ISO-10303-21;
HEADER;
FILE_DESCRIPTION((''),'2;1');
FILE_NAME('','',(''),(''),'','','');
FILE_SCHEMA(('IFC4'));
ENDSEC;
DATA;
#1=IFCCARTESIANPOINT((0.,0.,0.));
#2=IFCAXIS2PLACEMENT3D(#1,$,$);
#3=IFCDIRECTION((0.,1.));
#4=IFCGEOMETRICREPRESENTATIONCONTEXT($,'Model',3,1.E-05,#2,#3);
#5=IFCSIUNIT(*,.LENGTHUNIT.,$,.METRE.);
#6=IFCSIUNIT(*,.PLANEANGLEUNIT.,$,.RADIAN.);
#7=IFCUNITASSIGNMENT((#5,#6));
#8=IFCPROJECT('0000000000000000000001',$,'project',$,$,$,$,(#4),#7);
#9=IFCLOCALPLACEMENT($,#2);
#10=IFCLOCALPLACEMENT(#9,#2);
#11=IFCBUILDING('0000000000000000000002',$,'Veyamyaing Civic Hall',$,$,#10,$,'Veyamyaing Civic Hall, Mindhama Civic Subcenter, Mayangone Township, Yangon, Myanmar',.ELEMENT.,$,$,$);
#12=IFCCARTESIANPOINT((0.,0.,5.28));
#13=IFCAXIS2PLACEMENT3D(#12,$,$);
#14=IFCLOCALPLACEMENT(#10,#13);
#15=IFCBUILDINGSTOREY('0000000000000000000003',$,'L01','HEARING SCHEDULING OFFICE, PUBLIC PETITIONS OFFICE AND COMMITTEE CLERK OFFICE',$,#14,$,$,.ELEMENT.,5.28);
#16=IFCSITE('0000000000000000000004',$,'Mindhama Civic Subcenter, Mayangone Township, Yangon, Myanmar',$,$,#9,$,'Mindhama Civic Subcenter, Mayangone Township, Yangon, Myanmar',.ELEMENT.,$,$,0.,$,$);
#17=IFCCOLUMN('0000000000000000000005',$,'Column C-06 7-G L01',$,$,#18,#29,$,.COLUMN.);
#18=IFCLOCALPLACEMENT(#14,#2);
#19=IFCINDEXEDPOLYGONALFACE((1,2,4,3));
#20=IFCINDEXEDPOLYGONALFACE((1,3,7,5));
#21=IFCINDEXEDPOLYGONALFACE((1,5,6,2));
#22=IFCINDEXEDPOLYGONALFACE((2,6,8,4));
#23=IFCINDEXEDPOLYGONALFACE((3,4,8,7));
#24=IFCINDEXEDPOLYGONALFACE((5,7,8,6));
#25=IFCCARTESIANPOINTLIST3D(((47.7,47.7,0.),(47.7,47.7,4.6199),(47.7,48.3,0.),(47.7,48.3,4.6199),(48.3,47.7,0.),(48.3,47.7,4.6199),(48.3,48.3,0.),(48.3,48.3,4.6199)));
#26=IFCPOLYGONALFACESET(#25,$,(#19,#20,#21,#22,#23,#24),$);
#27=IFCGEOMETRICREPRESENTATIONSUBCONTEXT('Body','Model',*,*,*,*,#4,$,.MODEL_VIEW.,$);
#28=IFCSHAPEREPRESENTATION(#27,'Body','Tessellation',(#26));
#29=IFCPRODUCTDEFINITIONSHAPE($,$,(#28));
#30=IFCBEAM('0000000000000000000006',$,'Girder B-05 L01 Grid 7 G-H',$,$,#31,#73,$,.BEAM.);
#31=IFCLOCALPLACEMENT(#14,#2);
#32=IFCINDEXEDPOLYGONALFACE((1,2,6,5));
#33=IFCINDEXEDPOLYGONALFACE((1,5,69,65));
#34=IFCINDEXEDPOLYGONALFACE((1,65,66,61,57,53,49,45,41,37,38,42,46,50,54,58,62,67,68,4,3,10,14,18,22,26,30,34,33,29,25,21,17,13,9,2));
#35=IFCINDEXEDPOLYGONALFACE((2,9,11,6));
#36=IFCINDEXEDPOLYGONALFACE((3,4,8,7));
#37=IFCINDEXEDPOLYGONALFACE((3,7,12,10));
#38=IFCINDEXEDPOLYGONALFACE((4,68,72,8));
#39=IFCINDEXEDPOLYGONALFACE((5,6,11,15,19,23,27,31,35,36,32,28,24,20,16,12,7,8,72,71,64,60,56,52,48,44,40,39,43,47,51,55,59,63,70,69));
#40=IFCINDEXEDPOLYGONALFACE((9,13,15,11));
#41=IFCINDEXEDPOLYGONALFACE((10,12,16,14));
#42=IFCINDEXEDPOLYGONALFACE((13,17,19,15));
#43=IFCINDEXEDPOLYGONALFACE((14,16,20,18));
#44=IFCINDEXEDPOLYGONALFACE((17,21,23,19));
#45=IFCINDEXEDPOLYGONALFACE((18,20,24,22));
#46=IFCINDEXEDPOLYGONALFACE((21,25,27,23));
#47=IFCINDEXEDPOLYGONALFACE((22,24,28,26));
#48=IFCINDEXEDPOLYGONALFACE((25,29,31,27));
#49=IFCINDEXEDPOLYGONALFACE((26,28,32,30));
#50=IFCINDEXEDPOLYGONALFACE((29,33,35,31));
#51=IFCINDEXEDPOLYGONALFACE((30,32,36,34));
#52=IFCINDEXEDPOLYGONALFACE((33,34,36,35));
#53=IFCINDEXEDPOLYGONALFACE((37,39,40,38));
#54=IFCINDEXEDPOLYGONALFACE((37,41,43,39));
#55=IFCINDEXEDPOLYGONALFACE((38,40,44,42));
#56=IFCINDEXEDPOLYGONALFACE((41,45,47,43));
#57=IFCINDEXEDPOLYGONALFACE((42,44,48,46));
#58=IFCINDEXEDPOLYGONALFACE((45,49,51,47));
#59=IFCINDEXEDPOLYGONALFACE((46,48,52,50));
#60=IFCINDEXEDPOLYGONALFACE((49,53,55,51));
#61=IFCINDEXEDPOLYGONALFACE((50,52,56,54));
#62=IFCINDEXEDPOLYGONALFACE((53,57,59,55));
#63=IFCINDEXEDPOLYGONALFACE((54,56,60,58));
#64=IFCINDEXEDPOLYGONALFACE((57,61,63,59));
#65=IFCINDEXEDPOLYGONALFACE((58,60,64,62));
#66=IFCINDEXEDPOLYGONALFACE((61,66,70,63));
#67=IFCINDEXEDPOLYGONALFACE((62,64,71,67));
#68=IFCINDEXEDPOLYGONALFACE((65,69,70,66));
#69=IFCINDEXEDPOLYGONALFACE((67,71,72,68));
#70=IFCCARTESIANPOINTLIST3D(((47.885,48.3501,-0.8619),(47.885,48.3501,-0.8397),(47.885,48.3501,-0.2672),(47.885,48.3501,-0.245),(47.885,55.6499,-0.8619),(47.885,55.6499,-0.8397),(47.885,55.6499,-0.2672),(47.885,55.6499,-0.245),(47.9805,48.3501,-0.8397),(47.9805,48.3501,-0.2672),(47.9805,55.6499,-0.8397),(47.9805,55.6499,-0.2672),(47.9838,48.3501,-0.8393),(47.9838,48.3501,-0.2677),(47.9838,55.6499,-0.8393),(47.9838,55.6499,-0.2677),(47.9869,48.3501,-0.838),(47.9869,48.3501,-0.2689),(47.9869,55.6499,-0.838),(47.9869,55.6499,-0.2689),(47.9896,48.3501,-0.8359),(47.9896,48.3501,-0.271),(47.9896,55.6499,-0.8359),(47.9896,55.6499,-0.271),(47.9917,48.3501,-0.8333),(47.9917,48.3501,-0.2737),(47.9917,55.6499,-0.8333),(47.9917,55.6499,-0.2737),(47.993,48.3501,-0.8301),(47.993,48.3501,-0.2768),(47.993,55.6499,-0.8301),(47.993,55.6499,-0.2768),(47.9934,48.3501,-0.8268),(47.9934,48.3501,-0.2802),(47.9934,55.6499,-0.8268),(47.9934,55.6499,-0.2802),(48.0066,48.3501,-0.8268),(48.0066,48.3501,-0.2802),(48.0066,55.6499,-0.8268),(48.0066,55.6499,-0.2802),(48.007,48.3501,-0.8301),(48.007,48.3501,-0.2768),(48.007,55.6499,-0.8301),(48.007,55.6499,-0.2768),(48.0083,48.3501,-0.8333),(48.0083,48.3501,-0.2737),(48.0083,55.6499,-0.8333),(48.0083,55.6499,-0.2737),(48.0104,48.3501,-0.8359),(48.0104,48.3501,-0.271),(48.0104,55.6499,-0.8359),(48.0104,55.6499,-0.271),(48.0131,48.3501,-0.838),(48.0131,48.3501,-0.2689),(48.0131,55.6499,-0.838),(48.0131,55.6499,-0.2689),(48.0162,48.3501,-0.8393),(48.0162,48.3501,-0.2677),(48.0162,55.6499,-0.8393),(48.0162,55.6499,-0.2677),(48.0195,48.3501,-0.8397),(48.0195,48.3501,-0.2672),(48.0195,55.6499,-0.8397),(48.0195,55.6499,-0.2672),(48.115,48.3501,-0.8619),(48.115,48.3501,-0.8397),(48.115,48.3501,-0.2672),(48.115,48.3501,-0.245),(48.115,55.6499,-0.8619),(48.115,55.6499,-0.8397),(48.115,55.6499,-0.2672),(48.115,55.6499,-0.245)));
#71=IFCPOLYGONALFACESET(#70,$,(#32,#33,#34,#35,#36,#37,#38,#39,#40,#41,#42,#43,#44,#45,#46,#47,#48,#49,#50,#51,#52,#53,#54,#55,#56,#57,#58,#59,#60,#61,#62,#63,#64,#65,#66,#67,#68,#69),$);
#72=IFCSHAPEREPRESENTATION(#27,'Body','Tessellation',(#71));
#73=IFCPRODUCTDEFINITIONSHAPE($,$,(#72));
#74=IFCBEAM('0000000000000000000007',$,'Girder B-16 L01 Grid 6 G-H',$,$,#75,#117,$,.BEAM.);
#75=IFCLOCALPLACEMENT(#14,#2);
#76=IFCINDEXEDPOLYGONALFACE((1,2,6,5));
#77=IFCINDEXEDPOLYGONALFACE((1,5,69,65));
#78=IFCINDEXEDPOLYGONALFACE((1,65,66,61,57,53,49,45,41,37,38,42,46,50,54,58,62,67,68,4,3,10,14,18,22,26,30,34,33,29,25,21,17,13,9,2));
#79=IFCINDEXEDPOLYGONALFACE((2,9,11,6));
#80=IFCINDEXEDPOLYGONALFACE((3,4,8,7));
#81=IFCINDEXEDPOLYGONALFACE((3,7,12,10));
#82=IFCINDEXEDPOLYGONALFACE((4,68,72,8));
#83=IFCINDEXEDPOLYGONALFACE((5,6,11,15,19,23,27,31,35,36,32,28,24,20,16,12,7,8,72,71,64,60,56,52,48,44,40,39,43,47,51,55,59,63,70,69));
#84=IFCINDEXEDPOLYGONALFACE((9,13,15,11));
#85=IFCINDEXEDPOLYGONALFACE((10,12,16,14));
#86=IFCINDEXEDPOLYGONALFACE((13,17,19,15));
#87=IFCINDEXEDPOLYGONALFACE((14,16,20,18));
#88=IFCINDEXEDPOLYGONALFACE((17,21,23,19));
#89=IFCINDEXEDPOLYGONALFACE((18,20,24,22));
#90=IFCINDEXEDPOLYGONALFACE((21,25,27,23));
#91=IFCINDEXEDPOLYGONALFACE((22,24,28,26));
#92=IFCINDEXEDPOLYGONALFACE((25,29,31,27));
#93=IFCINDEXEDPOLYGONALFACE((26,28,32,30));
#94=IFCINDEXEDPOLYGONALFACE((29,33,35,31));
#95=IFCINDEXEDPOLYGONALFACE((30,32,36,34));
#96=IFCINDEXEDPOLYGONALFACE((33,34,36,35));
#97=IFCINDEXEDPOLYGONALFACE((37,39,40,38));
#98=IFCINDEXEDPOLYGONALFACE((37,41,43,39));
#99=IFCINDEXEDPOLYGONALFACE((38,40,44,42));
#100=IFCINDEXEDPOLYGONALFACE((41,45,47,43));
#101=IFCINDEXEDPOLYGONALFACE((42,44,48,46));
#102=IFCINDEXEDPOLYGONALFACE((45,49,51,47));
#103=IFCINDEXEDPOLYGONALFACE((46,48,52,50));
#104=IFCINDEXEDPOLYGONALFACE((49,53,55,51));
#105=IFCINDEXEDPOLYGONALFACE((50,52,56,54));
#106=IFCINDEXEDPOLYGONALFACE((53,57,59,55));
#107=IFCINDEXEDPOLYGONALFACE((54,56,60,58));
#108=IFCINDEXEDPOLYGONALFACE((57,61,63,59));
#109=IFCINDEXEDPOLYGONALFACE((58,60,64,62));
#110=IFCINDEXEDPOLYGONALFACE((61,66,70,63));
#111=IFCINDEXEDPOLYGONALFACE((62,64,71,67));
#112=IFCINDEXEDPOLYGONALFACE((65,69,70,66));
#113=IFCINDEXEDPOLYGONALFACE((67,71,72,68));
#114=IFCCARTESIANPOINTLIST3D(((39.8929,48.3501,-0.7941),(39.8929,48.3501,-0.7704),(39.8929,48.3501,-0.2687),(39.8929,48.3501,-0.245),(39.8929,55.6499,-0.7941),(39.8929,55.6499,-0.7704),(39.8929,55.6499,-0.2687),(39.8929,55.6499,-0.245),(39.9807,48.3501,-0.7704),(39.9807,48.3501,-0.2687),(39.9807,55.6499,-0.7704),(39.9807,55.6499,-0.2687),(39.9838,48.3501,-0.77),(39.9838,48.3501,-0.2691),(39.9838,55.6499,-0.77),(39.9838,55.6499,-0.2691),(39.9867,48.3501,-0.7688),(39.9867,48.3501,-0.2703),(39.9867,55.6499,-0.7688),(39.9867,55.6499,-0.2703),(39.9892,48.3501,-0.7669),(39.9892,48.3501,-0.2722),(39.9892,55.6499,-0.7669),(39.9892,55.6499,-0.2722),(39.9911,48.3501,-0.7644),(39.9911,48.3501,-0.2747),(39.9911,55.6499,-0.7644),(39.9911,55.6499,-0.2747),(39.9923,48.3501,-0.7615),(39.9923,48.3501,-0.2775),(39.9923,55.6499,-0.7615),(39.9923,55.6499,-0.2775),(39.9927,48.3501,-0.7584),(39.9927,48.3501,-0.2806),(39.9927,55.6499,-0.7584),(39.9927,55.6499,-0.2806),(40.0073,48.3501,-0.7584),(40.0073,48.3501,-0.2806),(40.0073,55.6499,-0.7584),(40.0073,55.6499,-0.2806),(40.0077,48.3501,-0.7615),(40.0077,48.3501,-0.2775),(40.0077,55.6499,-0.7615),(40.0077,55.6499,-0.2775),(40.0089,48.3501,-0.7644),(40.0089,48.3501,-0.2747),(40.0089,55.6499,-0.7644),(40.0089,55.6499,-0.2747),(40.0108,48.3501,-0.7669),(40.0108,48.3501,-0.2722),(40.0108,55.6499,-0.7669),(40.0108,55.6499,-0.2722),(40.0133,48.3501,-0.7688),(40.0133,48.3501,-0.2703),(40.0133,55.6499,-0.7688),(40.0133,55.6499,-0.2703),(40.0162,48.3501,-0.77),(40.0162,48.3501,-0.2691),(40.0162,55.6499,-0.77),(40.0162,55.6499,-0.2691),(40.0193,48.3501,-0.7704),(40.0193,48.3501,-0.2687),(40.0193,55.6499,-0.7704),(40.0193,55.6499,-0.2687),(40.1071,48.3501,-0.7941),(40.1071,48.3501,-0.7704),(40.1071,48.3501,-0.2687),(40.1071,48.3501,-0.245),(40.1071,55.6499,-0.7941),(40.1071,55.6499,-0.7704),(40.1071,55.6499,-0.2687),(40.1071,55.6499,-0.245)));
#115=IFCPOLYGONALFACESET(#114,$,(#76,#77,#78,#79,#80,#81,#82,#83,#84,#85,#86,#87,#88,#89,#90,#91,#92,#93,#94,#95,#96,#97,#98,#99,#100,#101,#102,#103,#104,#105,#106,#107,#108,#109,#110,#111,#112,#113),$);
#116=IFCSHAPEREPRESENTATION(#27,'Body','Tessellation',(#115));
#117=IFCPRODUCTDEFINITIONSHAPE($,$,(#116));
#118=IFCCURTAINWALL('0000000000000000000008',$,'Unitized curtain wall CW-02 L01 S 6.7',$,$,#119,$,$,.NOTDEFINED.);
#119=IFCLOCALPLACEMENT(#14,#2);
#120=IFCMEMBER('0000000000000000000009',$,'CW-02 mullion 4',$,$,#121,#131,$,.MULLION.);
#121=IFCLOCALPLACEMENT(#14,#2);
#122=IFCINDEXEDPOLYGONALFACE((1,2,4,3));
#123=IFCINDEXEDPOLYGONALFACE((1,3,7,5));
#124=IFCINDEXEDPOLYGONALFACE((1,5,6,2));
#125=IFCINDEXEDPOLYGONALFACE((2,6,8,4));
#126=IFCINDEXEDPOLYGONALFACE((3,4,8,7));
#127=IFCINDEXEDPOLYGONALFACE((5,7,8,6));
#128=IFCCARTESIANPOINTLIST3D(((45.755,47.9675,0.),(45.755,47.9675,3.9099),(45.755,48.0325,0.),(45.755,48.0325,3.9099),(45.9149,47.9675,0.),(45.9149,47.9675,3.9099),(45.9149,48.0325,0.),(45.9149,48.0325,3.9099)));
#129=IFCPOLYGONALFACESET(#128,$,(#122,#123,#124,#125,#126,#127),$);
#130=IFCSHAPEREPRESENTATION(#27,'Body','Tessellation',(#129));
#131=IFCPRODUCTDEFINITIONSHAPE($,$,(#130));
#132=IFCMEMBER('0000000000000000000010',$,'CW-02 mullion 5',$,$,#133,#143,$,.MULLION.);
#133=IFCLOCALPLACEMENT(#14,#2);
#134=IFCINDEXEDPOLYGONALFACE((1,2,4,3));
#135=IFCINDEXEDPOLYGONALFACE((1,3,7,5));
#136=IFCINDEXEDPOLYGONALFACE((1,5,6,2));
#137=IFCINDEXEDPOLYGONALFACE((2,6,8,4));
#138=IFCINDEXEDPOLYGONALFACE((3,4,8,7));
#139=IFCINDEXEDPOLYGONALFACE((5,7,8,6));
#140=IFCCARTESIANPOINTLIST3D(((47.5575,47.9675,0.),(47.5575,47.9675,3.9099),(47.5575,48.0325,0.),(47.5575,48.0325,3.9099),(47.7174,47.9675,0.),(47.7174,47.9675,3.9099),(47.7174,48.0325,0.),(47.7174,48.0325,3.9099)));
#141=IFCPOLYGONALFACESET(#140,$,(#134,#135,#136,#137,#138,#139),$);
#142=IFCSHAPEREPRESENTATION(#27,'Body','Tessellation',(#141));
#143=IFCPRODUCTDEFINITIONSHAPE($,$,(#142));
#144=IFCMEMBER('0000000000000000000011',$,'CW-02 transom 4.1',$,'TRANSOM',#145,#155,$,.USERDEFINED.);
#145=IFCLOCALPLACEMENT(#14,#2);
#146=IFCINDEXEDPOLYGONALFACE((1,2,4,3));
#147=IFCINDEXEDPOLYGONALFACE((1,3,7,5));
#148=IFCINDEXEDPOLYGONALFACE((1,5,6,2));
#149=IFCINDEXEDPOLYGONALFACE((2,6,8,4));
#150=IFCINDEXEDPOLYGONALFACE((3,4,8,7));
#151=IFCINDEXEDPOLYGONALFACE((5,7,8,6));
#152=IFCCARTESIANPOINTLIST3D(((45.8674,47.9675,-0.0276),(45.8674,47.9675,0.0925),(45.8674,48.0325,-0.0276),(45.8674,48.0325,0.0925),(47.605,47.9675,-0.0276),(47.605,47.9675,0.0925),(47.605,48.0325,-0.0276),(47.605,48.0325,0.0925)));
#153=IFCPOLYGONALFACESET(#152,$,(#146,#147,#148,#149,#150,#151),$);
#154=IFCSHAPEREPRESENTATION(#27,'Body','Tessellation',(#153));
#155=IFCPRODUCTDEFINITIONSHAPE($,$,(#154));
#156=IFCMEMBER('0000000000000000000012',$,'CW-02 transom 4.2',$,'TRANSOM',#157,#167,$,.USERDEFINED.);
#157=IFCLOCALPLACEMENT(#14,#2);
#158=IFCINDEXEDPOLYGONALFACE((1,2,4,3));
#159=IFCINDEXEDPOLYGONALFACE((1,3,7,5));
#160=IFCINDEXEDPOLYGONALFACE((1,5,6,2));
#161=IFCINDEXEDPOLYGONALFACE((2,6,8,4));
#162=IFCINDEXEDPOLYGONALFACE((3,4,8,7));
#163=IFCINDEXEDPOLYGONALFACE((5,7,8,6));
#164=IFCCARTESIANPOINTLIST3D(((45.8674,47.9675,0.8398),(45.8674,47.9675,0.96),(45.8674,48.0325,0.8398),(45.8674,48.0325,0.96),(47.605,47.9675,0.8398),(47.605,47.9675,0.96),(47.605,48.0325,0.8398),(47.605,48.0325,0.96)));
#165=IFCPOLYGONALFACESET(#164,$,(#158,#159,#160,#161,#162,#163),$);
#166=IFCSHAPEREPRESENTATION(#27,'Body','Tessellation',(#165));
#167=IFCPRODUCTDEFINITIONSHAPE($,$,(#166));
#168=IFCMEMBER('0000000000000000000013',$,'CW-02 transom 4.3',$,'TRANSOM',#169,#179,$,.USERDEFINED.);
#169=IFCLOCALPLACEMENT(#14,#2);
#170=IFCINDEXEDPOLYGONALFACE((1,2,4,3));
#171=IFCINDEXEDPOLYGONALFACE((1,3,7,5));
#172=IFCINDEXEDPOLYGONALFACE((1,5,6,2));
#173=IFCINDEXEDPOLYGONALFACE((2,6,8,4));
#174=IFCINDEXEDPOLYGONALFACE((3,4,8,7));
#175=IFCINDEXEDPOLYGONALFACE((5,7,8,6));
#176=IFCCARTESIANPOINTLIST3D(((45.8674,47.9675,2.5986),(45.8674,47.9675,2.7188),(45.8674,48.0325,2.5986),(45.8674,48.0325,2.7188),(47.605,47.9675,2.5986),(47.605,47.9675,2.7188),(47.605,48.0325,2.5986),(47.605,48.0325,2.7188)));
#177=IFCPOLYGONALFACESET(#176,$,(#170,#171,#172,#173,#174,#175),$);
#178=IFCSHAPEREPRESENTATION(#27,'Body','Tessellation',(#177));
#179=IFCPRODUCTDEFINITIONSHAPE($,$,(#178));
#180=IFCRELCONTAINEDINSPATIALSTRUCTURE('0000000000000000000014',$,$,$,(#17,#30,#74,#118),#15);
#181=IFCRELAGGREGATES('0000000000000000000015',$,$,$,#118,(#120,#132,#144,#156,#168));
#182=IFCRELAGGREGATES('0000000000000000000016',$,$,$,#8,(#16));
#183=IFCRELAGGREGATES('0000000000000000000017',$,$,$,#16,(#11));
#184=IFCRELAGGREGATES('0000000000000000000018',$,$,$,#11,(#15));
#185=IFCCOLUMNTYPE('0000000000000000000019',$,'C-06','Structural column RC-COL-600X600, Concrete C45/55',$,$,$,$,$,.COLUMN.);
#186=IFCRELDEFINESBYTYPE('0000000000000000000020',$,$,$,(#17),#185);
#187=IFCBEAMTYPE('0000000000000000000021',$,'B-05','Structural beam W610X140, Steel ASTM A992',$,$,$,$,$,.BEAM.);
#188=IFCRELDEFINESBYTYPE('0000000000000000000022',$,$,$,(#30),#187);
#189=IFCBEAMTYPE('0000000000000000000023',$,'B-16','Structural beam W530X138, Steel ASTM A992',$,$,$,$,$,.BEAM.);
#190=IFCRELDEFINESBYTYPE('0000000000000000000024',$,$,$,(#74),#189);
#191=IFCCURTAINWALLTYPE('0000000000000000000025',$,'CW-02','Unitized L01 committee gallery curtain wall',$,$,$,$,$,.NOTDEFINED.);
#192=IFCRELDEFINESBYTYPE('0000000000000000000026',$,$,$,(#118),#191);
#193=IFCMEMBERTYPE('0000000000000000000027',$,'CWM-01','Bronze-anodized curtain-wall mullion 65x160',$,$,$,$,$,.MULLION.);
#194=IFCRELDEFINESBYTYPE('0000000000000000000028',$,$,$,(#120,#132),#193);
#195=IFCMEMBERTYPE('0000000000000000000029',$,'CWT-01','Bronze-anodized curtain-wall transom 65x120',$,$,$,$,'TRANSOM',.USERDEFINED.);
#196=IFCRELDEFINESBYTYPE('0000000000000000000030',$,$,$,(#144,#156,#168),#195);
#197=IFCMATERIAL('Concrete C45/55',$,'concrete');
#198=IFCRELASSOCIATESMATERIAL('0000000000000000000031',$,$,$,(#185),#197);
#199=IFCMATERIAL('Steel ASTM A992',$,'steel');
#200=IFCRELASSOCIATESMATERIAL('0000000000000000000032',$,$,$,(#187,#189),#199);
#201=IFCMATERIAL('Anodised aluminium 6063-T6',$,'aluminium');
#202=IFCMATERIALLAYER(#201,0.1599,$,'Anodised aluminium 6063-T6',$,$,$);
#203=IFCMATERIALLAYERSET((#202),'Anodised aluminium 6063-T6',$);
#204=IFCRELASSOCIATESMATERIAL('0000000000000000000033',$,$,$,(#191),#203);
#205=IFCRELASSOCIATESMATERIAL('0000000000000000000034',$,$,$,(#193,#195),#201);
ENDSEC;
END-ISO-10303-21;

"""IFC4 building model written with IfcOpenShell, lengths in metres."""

from ifc_helpers import new_model, si_unit, direction, frame, origin, origin_2d, place, context, subcontext, project, spatial, rectangle, i_section, extrude, material, layer, layer_set, material_profile, profile_set, type_object, element, aggregate, save


model = new_model("IFC4")

# Units and contexts
model_context = context("Model", 3, precision=1e-05, world=origin(), true_north=direction((0.0, 1.0)))
body_context = subcontext(model_context, "Body", "Model", "MODEL_VIEW")
ifc_project = project(units=[si_unit("LENGTHUNIT", "METRE"), si_unit("PLANEANGLEUNIT", "RADIAN")], contexts=[model_context])

# Site, building, storey
site_placement = place(None, origin())
site = spatial("IfcSite", under=ifc_project, at=site_placement, Name="Mindhama Civic Subcenter, Mayangone Township, Yangon, Myanmar", LongName="Mindhama Civic Subcenter, Mayangone Township, Yangon, Myanmar", CompositionType="ELEMENT", RefElevation=0.0)
building_placement = place(site_placement, origin())
building = spatial("IfcBuilding", under=site, at=building_placement, Name="Veyamyaing Civic Hall", LongName="Veyamyaing Civic Hall, Mindhama Civic Subcenter, Mayangone Township, Yangon, Myanmar", CompositionType="ELEMENT")
storey_placement = place(building_placement, frame((0.0, 0.0, 5.28)))
storey = spatial("IfcBuildingStorey", under=building, at=storey_placement, Name="L01", Description="HEARING SCHEDULING OFFICE, PUBLIC PETITIONS OFFICE AND COMMITTEE CLERK OFFICE", CompositionType="ELEMENT", Elevation=5.28)

# Column
ifc_material_1 = material(Name="Concrete C45/55", Category="concrete")
ifc_material_profile_1 = material_profile(ifc_material_1, rectangle(XDim=0.6001, YDim=0.6001, at=origin_2d()), Name="RC-COL-600X600")
ifc_profile_set_1 = profile_set([ifc_material_profile_1], Name="Concrete C45/55")
column_type = type_object("IfcColumnType", Name="C-06", Description="Structural column RC-COL-600X600, Concrete C45/55", PredefinedType="COLUMN", material=ifc_profile_set_1)
column_placement = place(storey_placement, frame((48.0, 48.0, 0.0), z_axis=(0.0, 0.0, 1.0), x_axis=(1.0, 0.0, 0.0)))
element("IfcColumn", 1, at=column_placement, inside=storey, type_object=column_type, Name="Column C-06 7-G L01", PredefinedType="COLUMN", context=body_context, shape_type="SweptSolid", body=[
    extrude(rectangle(XDim=0.6001, YDim=0.6001, at=origin_2d()), origin(), (0.0, 0.0, 1.0), 4.6199),
])

# Beams
ifc_material_2 = material(Name="Steel ASTM A992", Category="steel")
ifc_material_profile_2 = material_profile(ifc_material_2, i_section(OverallWidth=0.23, OverallDepth=0.6169, WebThickness=0.0132, FlangeThickness=0.0222, FilletRadius=0.0129, at=origin_2d()), Name="W610X140")
ifc_profile_set_2 = profile_set([ifc_material_profile_2], Name="Steel ASTM A992")
beam_type_1 = type_object("IfcBeamType", Name="B-05", Description="Structural beam W610X140, Steel ASTM A992", PredefinedType="BEAM", material=ifc_profile_set_2)
beam_1_placement = place(storey_placement, frame((48.0, 48.3501, -0.5535), z_axis=(0.0, 1.0, 0.0), x_axis=(-1.0, 0.0, 0.0)))
element("IfcBeam", 2, at=beam_1_placement, inside=storey, type_object=beam_type_1, Name="Girder B-05 L01 Grid 7 G-H", PredefinedType="BEAM", context=body_context, shape_type="SweptSolid", body=[
    extrude(i_section(OverallWidth=0.23, OverallDepth=0.6169, WebThickness=0.0132, FlangeThickness=0.0222, FilletRadius=0.0129, at=origin_2d()), origin(), (0.0, 0.0, 1.0), 7.2998),
])
ifc_material_profile_3 = material_profile(ifc_material_2, i_section(OverallWidth=0.2141, OverallDepth=0.5491, WebThickness=0.0146, FlangeThickness=0.0237, FilletRadius=0.012, at=origin_2d()), Name="W530X138")
ifc_profile_set_3 = profile_set([ifc_material_profile_3], Name="Steel ASTM A992")
beam_type_2 = type_object("IfcBeamType", Name="B-16", Description="Structural beam W530X138, Steel ASTM A992", PredefinedType="BEAM", material=ifc_profile_set_3)
beam_2_placement = place(storey_placement, frame((40.0, 48.3501, -0.5195), z_axis=(0.0, 1.0, 0.0), x_axis=(-1.0, 0.0, 0.0)))
element("IfcBeam", 3, at=beam_2_placement, inside=storey, type_object=beam_type_2, Name="Girder B-16 L01 Grid 6 G-H", PredefinedType="BEAM", context=body_context, shape_type="SweptSolid", body=[
    extrude(i_section(OverallWidth=0.2141, OverallDepth=0.5491, WebThickness=0.0146, FlangeThickness=0.0237, FilletRadius=0.012, at=origin_2d()), origin(), (0.0, 0.0, 1.0), 7.2998),
])

# Curtain wall, members
ifc_material_3 = material(Name="Anodised aluminium 6063-T6", Category="aluminium")
ifc_layer_1 = layer(ifc_material_3, 0.1599, Name="Anodised aluminium 6063-T6")
ifc_layer_set_1 = layer_set([ifc_layer_1], Name="Anodised aluminium 6063-T6")
curtain_wall_type = type_object("IfcCurtainWallType", Name="CW-02", Description="Unitized L01 committee gallery curtain wall", PredefinedType="NOTDEFINED", material=ifc_layer_set_1)
curtain_wall_placement = place(storey_placement, origin())
curtain_wall = element("IfcCurtainWall", 4, at=curtain_wall_placement, inside=storey, type_object=curtain_wall_type, Name="Unitized curtain wall CW-02 L01 S 6.7", PredefinedType="NOTDEFINED")
ifc_material_profile_4 = material_profile(ifc_material_3, rectangle(XDim=0.0649, YDim=0.1599, at=origin_2d()), Name="ALU-MUL-65X160")
ifc_profile_set_4 = profile_set([ifc_material_profile_4], Name="Anodised aluminium 6063-T6")
member_type_1 = type_object("IfcMemberType", Name="CWM-01", Description="Bronze-anodized curtain-wall mullion 65x160", PredefinedType="MULLION", material=ifc_profile_set_4)
member_1_placement = place(storey_placement, frame((45.835, 48.0, 0.0), z_axis=(0.0, 0.0, 1.0), x_axis=(0.0, 1.0, 0.0)))
member_1 = element("IfcMember", 5, at=member_1_placement, type_object=member_type_1, Name="CW-02 mullion 4", PredefinedType="MULLION", context=body_context, shape_type="SweptSolid", body=[
    extrude(rectangle(XDim=0.0649, YDim=0.1599, at=origin_2d()), origin(), (0.0, 0.0, 1.0), 3.9099),
])
member_2_placement = place(storey_placement, frame((47.6375, 48.0, 0.0), z_axis=(0.0, 0.0, 1.0), x_axis=(0.0, 1.0, 0.0)))
member_2 = element("IfcMember", 6, at=member_2_placement, type_object=member_type_1, Name="CW-02 mullion 5", PredefinedType="MULLION", context=body_context, shape_type="SweptSolid", body=[
    extrude(rectangle(XDim=0.0649, YDim=0.1599, at=origin_2d()), origin(), (0.0, 0.0, 1.0), 3.9099),
])
ifc_material_profile_5 = material_profile(ifc_material_3, rectangle(XDim=0.0649, YDim=0.1201, at=origin_2d()), Name="ALU-TRN-65X120")
ifc_profile_set_5 = profile_set([ifc_material_profile_5], Name="Anodised aluminium 6063-T6")
member_type_2 = type_object("IfcMemberType", Name="CWT-01", Description="Bronze-anodized curtain-wall transom 65x120", ElementType="TRANSOM", PredefinedType="USERDEFINED", material=ifc_profile_set_5)
member_3_placement = place(storey_placement, frame((45.8674, 48.0, 0.0325), z_axis=(1.0, 0.0, 0.0), x_axis=(0.0, 1.0, 0.0)))
member_3 = element("IfcMember", 7, at=member_3_placement, type_object=member_type_2, Name="CW-02 transom 4.1", ObjectType="TRANSOM", PredefinedType="USERDEFINED", context=body_context, shape_type="SweptSolid", body=[
    extrude(rectangle(XDim=0.0649, YDim=0.1201, at=origin_2d()), origin(), (0.0, 0.0, 1.0), 1.7375),
])
member_4_placement = place(storey_placement, frame((45.8674, 48.0, 0.8999), z_axis=(1.0, 0.0, 0.0), x_axis=(0.0, 1.0, 0.0)))
member_4 = element("IfcMember", 8, at=member_4_placement, type_object=member_type_2, Name="CW-02 transom 4.2", ObjectType="TRANSOM", PredefinedType="USERDEFINED", context=body_context, shape_type="SweptSolid", body=[
    extrude(rectangle(XDim=0.0649, YDim=0.1201, at=origin_2d()), origin(), (0.0, 0.0, 1.0), 1.7375),
])
member_5_placement = place(storey_placement, frame((45.8674, 48.0, 2.6587), z_axis=(1.0, 0.0, 0.0), x_axis=(0.0, 1.0, 0.0)))
member_5 = element("IfcMember", 9, at=member_5_placement, type_object=member_type_2, Name="CW-02 transom 4.3", ObjectType="TRANSOM", PredefinedType="USERDEFINED", context=body_context, shape_type="SweptSolid", body=[
    extrude(rectangle(XDim=0.0649, YDim=0.1201, at=origin_2d()), origin(), (0.0, 0.0, 1.0), 1.7375),
])

aggregate(curtain_wall, [member_1, member_2, member_3, member_4, member_5])

save(model, "model.ifc")
